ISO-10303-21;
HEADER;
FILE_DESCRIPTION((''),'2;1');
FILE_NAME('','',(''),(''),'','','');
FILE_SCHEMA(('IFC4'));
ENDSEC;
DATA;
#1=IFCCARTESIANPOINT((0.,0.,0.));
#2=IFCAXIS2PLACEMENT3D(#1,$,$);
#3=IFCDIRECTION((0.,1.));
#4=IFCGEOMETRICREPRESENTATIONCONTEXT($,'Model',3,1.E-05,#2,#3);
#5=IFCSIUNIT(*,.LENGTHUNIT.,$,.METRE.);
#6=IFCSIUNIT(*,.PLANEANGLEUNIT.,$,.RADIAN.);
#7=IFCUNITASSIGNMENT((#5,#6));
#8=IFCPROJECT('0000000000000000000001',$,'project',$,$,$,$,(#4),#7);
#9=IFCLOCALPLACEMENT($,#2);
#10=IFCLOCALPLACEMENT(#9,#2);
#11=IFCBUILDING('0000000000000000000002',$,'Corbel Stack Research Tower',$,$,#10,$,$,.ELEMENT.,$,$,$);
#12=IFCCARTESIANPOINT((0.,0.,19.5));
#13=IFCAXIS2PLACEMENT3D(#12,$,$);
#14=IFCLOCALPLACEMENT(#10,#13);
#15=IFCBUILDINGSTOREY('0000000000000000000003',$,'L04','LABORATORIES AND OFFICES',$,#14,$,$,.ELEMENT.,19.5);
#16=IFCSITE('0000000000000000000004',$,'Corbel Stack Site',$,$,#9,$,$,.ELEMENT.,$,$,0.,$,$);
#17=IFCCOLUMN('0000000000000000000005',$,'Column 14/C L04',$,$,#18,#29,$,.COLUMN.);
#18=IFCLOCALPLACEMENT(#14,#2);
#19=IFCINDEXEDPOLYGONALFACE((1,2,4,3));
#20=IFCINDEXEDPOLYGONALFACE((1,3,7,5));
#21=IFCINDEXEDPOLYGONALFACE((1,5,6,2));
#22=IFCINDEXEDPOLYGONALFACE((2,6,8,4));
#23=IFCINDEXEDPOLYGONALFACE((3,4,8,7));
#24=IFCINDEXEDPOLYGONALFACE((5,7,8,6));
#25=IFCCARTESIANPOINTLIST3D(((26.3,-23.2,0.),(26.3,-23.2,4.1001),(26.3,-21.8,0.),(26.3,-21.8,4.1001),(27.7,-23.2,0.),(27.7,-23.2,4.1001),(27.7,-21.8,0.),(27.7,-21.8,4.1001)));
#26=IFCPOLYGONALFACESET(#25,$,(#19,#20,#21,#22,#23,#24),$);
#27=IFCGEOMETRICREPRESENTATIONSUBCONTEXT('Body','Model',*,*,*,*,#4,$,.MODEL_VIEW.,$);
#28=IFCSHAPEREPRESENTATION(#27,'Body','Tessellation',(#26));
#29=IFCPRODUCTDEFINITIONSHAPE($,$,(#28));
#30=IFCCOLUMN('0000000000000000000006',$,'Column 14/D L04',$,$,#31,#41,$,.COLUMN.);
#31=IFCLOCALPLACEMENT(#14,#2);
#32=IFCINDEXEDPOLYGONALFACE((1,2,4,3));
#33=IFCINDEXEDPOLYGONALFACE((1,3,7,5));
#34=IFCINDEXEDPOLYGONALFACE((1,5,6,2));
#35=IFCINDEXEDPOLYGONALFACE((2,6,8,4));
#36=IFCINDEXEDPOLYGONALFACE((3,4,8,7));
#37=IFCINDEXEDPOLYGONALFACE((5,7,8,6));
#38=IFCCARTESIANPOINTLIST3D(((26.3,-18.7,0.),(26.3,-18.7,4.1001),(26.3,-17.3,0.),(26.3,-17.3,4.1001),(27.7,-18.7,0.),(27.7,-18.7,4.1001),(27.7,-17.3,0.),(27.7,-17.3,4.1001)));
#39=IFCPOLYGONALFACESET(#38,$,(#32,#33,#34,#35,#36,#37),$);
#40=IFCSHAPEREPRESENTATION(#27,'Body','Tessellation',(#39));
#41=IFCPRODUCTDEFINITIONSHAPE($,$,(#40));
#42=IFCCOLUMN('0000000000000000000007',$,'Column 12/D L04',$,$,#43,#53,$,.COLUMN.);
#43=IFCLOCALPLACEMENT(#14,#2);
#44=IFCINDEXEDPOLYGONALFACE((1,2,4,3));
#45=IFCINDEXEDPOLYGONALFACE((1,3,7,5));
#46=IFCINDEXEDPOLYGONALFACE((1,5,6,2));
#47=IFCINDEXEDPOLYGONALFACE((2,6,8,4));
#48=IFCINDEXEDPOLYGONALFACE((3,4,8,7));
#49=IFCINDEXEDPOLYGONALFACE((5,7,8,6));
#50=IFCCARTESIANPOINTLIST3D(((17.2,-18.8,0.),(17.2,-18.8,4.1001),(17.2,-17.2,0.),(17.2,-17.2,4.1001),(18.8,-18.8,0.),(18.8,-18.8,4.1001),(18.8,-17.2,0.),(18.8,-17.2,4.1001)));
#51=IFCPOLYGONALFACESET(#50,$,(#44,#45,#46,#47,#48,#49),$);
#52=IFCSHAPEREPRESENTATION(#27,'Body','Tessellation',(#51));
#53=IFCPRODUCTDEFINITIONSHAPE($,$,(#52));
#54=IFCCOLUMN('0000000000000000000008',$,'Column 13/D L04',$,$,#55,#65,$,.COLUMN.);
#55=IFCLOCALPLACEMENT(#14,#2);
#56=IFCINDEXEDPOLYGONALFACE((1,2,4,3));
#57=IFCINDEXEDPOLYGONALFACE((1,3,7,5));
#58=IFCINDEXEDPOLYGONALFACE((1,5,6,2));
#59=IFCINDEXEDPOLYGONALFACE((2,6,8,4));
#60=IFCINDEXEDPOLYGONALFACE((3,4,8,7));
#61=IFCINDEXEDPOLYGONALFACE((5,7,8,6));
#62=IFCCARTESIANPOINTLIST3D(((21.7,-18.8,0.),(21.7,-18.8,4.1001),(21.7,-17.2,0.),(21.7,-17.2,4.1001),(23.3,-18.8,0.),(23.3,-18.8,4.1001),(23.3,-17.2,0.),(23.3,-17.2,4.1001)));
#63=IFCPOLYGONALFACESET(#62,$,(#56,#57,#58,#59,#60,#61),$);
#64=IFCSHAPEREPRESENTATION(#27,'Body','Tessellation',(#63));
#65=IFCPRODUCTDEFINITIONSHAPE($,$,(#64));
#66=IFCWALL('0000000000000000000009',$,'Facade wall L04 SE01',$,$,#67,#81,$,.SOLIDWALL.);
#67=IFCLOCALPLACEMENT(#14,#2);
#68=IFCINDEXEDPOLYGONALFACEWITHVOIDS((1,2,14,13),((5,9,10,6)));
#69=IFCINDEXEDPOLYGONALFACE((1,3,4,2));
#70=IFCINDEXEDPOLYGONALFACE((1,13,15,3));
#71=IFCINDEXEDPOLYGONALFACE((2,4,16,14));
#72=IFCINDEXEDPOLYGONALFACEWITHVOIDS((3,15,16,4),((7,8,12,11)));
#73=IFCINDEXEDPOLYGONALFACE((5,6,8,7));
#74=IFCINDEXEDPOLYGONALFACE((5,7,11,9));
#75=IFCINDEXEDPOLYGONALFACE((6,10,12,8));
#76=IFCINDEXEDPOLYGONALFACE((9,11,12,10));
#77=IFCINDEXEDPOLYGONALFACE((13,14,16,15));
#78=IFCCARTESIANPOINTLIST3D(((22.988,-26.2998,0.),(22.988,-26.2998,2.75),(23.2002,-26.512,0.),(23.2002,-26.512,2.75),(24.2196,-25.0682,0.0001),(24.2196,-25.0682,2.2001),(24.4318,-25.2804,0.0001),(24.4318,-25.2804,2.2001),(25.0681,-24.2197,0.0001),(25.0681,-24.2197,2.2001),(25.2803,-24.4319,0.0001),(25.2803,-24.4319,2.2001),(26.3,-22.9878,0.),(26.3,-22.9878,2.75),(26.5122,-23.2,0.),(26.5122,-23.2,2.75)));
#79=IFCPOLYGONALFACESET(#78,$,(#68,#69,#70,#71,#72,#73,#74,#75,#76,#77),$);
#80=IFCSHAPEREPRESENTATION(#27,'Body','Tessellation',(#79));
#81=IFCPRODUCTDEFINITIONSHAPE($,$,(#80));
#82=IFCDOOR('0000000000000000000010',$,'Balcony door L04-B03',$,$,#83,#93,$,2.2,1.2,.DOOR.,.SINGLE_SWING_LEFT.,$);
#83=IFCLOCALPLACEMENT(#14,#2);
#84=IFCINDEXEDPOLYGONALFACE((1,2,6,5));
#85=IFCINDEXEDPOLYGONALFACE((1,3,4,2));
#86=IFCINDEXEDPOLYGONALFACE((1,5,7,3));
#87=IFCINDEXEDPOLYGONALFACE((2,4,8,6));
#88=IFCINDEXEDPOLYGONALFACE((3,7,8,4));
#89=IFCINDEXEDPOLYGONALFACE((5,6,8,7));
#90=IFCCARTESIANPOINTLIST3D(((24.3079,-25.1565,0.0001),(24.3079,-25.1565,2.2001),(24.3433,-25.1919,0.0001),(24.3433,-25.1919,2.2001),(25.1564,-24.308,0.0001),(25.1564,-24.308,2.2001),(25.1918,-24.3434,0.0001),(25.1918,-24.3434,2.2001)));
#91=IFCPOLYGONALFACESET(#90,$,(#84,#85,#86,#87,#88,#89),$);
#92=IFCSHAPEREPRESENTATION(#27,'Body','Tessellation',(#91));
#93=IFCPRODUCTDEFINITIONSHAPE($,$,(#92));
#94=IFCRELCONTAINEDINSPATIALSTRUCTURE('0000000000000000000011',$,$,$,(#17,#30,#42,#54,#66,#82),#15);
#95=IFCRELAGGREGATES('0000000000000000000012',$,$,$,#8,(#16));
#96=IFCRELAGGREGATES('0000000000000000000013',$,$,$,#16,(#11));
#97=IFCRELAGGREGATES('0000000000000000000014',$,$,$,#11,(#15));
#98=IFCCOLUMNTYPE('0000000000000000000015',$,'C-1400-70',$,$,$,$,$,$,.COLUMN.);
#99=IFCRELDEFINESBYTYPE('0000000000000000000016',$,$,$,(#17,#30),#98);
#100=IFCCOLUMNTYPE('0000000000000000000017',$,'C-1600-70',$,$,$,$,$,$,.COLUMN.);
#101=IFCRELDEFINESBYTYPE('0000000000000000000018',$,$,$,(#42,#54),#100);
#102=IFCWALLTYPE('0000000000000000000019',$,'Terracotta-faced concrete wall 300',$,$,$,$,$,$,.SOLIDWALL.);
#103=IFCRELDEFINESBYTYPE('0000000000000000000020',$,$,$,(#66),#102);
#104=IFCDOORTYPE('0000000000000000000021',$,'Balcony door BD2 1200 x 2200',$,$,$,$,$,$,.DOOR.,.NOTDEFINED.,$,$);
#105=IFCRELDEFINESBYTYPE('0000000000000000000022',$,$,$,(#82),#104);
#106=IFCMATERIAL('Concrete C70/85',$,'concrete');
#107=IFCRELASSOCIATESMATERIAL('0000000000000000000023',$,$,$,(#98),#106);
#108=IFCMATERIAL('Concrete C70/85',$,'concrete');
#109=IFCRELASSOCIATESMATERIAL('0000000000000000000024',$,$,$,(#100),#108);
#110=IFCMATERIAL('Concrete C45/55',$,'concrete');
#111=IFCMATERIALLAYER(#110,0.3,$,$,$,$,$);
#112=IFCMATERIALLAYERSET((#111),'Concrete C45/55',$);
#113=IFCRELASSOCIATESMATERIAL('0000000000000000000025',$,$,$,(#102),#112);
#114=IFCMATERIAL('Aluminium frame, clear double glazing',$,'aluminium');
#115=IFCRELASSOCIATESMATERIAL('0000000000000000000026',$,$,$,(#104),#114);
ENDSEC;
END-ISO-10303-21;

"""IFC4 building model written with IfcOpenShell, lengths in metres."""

from ifc_helpers import new_model, si_unit, direction, frame, frame_2d, origin, origin_2d, place, context, subcontext, project, spatial, rectangle, extrude, material, layer, layer_set, material_profile, profile_set, type_object, element, fill, save


model = new_model("IFC4")

# Units and contexts
model_context = context("Model", 3, precision=1e-05, world=origin(), true_north=direction((0.0, 1.0)))
body_context = subcontext(model_context, "Body", "Model", "MODEL_VIEW")
ifc_project = project(units=[si_unit("LENGTHUNIT", "METRE"), si_unit("PLANEANGLEUNIT", "RADIAN")], contexts=[model_context])

# Site, building, storey
site_placement = place(None, origin())
site = spatial("IfcSite", under=ifc_project, at=site_placement, Name="Corbel Stack Site", CompositionType="ELEMENT", RefElevation=0.0)
building_placement = place(site_placement, origin())
building = spatial("IfcBuilding", under=site, at=building_placement, Name="Corbel Stack Research Tower", CompositionType="ELEMENT")
storey_placement = place(building_placement, frame((0.0, 0.0, 19.5)))
storey = spatial("IfcBuildingStorey", under=building, at=storey_placement, Name="L04", Description="LABORATORIES AND OFFICES", CompositionType="ELEMENT", Elevation=19.5)

# Columns
ifc_material_1 = material(Name="Concrete C70/85", Category="concrete")
ifc_material_profile_1 = material_profile(ifc_material_1, rectangle(XDim=1.3999, YDim=1.3999, at=origin_2d()), Name="RC 1400 x 1400")
ifc_profile_set_1 = profile_set([ifc_material_profile_1], Name="Concrete C70/85")
column_type_1 = type_object("IfcColumnType", Name="C-1400-70", PredefinedType="COLUMN", material=ifc_profile_set_1)
for number, where, z_axis, x_axis, name in (
    (1, (27.0, -22.5, 0.0), (0.0, 0.0, 1.0), (1.0, 0.0, 0.0), "Column 14/C L04"),
    (2, (27.0, -18.0, 0.0), (0.0, 0.0, 1.0), (1.0, 0.0, 0.0), "Column 14/D L04"),
):
    element("IfcColumn", number, at=place(storey_placement, frame(where, z_axis=z_axis, x_axis=x_axis)), inside=storey, type_object=column_type_1, Name=name, PredefinedType="COLUMN", context=body_context, shape_type="SweptSolid", body=[
        extrude(rectangle(XDim=1.3999, YDim=1.3999, at=origin_2d()), origin(), (0.0, 0.0, 1.0), 4.1001),
    ])
ifc_material_2 = material(Name="Concrete C70/85", Category="concrete")
ifc_material_profile_2 = material_profile(ifc_material_2, rectangle(XDim=1.6001, YDim=1.6001, at=origin_2d()), Name="RC 1600 x 1600")
ifc_profile_set_2 = profile_set([ifc_material_profile_2], Name="Concrete C70/85")
column_type_2 = type_object("IfcColumnType", Name="C-1600-70", PredefinedType="COLUMN", material=ifc_profile_set_2)
for number, where, z_axis, x_axis, name in (
    (3, (18.0, -18.0, 0.0), (0.0, 0.0, 1.0), (1.0, 0.0, 0.0), "Column 12/D L04"),
    (4, (22.5, -18.0, 0.0), (0.0, 0.0, 1.0), (1.0, 0.0, 0.0), "Column 13/D L04"),
):
    element("IfcColumn", number, at=place(storey_placement, frame(where, z_axis=z_axis, x_axis=x_axis)), inside=storey, type_object=column_type_2, Name=name, PredefinedType="COLUMN", context=body_context, shape_type="SweptSolid", body=[
        extrude(rectangle(XDim=1.6001, YDim=1.6001, at=origin_2d()), origin(), (0.0, 0.0, 1.0), 4.1001),
    ])

# Wall, opening, door
ifc_material_3 = material(Name="Concrete C45/55", Category="concrete")
ifc_layer = layer(ifc_material_3, 0.3)
ifc_layer_set = layer_set([ifc_layer], Name="Concrete C45/55")
wall_type = type_object("IfcWallType", Name="Terracotta-faced concrete wall 300", PredefinedType="SOLIDWALL", material=ifc_layer_set)
wall_placement = place(storey_placement, frame((26.406, -23.094, 0.0), z_axis=(0.0, 0.0, 1.0), x_axis=(-0.707107, -0.707107, 0.0)))
wall = element("IfcWall", 5, at=wall_placement, inside=storey, type_object=wall_type, Name="Facade wall L04 SE01", PredefinedType="SOLIDWALL", context=body_context, shape_type="SweptSolid", body=[
    extrude(rectangle(XDim=4.6838, YDim=0.3, at=frame_2d((2.3418, 0.0))), origin(), (0.0, 0.0, 1.0), 2.75),
])
opening_placement = place(wall_placement, frame((1.7419, 0.0, 0.0)))
opening = element("IfcOpeningElement", 6, at=opening_placement, cuts=wall, PredefinedType="OPENING", context=body_context, shape_type="SweptSolid", body=[
    extrude(rectangle(XDim=1.2, YDim=2.2, at=frame_2d((0.6001, 1.1001))), frame((0.0, 0.1599, 0.0), z_axis=(0.0, -1.0, 0.0), x_axis=(1.0, 0.0, 0.0)), (0.0, 0.0, 1.0), 0.3201),
])
ifc_material_4 = material(Name="Aluminium frame, clear double glazing", Category="aluminium")
door_type = type_object("IfcDoorType", Name="Balcony door BD2 1200 x 2200", OperationType="NOTDEFINED", PredefinedType="DOOR", material=ifc_material_4)
door_placement = place(opening_placement, origin())
door = element("IfcDoor", 7, at=door_placement, inside=storey, type_object=door_type, Name="Balcony door L04-B03", OperationType="SINGLE_SWING_LEFT", OverallHeight=2.2, OverallWidth=1.2, PredefinedType="DOOR", context=body_context, shape_type="SweptSolid", body=[
    extrude(rectangle(XDim=1.2, YDim=2.2, at=frame_2d((0.6001, 1.1001))), frame((0.0, 0.0249, 0.0), z_axis=(0.0, -1.0, 0.0), x_axis=(1.0, 0.0, 0.0)), (0.0, 0.0, 1.0), 0.05),
])
fill(opening, door)

save(model, "model.ifc")
